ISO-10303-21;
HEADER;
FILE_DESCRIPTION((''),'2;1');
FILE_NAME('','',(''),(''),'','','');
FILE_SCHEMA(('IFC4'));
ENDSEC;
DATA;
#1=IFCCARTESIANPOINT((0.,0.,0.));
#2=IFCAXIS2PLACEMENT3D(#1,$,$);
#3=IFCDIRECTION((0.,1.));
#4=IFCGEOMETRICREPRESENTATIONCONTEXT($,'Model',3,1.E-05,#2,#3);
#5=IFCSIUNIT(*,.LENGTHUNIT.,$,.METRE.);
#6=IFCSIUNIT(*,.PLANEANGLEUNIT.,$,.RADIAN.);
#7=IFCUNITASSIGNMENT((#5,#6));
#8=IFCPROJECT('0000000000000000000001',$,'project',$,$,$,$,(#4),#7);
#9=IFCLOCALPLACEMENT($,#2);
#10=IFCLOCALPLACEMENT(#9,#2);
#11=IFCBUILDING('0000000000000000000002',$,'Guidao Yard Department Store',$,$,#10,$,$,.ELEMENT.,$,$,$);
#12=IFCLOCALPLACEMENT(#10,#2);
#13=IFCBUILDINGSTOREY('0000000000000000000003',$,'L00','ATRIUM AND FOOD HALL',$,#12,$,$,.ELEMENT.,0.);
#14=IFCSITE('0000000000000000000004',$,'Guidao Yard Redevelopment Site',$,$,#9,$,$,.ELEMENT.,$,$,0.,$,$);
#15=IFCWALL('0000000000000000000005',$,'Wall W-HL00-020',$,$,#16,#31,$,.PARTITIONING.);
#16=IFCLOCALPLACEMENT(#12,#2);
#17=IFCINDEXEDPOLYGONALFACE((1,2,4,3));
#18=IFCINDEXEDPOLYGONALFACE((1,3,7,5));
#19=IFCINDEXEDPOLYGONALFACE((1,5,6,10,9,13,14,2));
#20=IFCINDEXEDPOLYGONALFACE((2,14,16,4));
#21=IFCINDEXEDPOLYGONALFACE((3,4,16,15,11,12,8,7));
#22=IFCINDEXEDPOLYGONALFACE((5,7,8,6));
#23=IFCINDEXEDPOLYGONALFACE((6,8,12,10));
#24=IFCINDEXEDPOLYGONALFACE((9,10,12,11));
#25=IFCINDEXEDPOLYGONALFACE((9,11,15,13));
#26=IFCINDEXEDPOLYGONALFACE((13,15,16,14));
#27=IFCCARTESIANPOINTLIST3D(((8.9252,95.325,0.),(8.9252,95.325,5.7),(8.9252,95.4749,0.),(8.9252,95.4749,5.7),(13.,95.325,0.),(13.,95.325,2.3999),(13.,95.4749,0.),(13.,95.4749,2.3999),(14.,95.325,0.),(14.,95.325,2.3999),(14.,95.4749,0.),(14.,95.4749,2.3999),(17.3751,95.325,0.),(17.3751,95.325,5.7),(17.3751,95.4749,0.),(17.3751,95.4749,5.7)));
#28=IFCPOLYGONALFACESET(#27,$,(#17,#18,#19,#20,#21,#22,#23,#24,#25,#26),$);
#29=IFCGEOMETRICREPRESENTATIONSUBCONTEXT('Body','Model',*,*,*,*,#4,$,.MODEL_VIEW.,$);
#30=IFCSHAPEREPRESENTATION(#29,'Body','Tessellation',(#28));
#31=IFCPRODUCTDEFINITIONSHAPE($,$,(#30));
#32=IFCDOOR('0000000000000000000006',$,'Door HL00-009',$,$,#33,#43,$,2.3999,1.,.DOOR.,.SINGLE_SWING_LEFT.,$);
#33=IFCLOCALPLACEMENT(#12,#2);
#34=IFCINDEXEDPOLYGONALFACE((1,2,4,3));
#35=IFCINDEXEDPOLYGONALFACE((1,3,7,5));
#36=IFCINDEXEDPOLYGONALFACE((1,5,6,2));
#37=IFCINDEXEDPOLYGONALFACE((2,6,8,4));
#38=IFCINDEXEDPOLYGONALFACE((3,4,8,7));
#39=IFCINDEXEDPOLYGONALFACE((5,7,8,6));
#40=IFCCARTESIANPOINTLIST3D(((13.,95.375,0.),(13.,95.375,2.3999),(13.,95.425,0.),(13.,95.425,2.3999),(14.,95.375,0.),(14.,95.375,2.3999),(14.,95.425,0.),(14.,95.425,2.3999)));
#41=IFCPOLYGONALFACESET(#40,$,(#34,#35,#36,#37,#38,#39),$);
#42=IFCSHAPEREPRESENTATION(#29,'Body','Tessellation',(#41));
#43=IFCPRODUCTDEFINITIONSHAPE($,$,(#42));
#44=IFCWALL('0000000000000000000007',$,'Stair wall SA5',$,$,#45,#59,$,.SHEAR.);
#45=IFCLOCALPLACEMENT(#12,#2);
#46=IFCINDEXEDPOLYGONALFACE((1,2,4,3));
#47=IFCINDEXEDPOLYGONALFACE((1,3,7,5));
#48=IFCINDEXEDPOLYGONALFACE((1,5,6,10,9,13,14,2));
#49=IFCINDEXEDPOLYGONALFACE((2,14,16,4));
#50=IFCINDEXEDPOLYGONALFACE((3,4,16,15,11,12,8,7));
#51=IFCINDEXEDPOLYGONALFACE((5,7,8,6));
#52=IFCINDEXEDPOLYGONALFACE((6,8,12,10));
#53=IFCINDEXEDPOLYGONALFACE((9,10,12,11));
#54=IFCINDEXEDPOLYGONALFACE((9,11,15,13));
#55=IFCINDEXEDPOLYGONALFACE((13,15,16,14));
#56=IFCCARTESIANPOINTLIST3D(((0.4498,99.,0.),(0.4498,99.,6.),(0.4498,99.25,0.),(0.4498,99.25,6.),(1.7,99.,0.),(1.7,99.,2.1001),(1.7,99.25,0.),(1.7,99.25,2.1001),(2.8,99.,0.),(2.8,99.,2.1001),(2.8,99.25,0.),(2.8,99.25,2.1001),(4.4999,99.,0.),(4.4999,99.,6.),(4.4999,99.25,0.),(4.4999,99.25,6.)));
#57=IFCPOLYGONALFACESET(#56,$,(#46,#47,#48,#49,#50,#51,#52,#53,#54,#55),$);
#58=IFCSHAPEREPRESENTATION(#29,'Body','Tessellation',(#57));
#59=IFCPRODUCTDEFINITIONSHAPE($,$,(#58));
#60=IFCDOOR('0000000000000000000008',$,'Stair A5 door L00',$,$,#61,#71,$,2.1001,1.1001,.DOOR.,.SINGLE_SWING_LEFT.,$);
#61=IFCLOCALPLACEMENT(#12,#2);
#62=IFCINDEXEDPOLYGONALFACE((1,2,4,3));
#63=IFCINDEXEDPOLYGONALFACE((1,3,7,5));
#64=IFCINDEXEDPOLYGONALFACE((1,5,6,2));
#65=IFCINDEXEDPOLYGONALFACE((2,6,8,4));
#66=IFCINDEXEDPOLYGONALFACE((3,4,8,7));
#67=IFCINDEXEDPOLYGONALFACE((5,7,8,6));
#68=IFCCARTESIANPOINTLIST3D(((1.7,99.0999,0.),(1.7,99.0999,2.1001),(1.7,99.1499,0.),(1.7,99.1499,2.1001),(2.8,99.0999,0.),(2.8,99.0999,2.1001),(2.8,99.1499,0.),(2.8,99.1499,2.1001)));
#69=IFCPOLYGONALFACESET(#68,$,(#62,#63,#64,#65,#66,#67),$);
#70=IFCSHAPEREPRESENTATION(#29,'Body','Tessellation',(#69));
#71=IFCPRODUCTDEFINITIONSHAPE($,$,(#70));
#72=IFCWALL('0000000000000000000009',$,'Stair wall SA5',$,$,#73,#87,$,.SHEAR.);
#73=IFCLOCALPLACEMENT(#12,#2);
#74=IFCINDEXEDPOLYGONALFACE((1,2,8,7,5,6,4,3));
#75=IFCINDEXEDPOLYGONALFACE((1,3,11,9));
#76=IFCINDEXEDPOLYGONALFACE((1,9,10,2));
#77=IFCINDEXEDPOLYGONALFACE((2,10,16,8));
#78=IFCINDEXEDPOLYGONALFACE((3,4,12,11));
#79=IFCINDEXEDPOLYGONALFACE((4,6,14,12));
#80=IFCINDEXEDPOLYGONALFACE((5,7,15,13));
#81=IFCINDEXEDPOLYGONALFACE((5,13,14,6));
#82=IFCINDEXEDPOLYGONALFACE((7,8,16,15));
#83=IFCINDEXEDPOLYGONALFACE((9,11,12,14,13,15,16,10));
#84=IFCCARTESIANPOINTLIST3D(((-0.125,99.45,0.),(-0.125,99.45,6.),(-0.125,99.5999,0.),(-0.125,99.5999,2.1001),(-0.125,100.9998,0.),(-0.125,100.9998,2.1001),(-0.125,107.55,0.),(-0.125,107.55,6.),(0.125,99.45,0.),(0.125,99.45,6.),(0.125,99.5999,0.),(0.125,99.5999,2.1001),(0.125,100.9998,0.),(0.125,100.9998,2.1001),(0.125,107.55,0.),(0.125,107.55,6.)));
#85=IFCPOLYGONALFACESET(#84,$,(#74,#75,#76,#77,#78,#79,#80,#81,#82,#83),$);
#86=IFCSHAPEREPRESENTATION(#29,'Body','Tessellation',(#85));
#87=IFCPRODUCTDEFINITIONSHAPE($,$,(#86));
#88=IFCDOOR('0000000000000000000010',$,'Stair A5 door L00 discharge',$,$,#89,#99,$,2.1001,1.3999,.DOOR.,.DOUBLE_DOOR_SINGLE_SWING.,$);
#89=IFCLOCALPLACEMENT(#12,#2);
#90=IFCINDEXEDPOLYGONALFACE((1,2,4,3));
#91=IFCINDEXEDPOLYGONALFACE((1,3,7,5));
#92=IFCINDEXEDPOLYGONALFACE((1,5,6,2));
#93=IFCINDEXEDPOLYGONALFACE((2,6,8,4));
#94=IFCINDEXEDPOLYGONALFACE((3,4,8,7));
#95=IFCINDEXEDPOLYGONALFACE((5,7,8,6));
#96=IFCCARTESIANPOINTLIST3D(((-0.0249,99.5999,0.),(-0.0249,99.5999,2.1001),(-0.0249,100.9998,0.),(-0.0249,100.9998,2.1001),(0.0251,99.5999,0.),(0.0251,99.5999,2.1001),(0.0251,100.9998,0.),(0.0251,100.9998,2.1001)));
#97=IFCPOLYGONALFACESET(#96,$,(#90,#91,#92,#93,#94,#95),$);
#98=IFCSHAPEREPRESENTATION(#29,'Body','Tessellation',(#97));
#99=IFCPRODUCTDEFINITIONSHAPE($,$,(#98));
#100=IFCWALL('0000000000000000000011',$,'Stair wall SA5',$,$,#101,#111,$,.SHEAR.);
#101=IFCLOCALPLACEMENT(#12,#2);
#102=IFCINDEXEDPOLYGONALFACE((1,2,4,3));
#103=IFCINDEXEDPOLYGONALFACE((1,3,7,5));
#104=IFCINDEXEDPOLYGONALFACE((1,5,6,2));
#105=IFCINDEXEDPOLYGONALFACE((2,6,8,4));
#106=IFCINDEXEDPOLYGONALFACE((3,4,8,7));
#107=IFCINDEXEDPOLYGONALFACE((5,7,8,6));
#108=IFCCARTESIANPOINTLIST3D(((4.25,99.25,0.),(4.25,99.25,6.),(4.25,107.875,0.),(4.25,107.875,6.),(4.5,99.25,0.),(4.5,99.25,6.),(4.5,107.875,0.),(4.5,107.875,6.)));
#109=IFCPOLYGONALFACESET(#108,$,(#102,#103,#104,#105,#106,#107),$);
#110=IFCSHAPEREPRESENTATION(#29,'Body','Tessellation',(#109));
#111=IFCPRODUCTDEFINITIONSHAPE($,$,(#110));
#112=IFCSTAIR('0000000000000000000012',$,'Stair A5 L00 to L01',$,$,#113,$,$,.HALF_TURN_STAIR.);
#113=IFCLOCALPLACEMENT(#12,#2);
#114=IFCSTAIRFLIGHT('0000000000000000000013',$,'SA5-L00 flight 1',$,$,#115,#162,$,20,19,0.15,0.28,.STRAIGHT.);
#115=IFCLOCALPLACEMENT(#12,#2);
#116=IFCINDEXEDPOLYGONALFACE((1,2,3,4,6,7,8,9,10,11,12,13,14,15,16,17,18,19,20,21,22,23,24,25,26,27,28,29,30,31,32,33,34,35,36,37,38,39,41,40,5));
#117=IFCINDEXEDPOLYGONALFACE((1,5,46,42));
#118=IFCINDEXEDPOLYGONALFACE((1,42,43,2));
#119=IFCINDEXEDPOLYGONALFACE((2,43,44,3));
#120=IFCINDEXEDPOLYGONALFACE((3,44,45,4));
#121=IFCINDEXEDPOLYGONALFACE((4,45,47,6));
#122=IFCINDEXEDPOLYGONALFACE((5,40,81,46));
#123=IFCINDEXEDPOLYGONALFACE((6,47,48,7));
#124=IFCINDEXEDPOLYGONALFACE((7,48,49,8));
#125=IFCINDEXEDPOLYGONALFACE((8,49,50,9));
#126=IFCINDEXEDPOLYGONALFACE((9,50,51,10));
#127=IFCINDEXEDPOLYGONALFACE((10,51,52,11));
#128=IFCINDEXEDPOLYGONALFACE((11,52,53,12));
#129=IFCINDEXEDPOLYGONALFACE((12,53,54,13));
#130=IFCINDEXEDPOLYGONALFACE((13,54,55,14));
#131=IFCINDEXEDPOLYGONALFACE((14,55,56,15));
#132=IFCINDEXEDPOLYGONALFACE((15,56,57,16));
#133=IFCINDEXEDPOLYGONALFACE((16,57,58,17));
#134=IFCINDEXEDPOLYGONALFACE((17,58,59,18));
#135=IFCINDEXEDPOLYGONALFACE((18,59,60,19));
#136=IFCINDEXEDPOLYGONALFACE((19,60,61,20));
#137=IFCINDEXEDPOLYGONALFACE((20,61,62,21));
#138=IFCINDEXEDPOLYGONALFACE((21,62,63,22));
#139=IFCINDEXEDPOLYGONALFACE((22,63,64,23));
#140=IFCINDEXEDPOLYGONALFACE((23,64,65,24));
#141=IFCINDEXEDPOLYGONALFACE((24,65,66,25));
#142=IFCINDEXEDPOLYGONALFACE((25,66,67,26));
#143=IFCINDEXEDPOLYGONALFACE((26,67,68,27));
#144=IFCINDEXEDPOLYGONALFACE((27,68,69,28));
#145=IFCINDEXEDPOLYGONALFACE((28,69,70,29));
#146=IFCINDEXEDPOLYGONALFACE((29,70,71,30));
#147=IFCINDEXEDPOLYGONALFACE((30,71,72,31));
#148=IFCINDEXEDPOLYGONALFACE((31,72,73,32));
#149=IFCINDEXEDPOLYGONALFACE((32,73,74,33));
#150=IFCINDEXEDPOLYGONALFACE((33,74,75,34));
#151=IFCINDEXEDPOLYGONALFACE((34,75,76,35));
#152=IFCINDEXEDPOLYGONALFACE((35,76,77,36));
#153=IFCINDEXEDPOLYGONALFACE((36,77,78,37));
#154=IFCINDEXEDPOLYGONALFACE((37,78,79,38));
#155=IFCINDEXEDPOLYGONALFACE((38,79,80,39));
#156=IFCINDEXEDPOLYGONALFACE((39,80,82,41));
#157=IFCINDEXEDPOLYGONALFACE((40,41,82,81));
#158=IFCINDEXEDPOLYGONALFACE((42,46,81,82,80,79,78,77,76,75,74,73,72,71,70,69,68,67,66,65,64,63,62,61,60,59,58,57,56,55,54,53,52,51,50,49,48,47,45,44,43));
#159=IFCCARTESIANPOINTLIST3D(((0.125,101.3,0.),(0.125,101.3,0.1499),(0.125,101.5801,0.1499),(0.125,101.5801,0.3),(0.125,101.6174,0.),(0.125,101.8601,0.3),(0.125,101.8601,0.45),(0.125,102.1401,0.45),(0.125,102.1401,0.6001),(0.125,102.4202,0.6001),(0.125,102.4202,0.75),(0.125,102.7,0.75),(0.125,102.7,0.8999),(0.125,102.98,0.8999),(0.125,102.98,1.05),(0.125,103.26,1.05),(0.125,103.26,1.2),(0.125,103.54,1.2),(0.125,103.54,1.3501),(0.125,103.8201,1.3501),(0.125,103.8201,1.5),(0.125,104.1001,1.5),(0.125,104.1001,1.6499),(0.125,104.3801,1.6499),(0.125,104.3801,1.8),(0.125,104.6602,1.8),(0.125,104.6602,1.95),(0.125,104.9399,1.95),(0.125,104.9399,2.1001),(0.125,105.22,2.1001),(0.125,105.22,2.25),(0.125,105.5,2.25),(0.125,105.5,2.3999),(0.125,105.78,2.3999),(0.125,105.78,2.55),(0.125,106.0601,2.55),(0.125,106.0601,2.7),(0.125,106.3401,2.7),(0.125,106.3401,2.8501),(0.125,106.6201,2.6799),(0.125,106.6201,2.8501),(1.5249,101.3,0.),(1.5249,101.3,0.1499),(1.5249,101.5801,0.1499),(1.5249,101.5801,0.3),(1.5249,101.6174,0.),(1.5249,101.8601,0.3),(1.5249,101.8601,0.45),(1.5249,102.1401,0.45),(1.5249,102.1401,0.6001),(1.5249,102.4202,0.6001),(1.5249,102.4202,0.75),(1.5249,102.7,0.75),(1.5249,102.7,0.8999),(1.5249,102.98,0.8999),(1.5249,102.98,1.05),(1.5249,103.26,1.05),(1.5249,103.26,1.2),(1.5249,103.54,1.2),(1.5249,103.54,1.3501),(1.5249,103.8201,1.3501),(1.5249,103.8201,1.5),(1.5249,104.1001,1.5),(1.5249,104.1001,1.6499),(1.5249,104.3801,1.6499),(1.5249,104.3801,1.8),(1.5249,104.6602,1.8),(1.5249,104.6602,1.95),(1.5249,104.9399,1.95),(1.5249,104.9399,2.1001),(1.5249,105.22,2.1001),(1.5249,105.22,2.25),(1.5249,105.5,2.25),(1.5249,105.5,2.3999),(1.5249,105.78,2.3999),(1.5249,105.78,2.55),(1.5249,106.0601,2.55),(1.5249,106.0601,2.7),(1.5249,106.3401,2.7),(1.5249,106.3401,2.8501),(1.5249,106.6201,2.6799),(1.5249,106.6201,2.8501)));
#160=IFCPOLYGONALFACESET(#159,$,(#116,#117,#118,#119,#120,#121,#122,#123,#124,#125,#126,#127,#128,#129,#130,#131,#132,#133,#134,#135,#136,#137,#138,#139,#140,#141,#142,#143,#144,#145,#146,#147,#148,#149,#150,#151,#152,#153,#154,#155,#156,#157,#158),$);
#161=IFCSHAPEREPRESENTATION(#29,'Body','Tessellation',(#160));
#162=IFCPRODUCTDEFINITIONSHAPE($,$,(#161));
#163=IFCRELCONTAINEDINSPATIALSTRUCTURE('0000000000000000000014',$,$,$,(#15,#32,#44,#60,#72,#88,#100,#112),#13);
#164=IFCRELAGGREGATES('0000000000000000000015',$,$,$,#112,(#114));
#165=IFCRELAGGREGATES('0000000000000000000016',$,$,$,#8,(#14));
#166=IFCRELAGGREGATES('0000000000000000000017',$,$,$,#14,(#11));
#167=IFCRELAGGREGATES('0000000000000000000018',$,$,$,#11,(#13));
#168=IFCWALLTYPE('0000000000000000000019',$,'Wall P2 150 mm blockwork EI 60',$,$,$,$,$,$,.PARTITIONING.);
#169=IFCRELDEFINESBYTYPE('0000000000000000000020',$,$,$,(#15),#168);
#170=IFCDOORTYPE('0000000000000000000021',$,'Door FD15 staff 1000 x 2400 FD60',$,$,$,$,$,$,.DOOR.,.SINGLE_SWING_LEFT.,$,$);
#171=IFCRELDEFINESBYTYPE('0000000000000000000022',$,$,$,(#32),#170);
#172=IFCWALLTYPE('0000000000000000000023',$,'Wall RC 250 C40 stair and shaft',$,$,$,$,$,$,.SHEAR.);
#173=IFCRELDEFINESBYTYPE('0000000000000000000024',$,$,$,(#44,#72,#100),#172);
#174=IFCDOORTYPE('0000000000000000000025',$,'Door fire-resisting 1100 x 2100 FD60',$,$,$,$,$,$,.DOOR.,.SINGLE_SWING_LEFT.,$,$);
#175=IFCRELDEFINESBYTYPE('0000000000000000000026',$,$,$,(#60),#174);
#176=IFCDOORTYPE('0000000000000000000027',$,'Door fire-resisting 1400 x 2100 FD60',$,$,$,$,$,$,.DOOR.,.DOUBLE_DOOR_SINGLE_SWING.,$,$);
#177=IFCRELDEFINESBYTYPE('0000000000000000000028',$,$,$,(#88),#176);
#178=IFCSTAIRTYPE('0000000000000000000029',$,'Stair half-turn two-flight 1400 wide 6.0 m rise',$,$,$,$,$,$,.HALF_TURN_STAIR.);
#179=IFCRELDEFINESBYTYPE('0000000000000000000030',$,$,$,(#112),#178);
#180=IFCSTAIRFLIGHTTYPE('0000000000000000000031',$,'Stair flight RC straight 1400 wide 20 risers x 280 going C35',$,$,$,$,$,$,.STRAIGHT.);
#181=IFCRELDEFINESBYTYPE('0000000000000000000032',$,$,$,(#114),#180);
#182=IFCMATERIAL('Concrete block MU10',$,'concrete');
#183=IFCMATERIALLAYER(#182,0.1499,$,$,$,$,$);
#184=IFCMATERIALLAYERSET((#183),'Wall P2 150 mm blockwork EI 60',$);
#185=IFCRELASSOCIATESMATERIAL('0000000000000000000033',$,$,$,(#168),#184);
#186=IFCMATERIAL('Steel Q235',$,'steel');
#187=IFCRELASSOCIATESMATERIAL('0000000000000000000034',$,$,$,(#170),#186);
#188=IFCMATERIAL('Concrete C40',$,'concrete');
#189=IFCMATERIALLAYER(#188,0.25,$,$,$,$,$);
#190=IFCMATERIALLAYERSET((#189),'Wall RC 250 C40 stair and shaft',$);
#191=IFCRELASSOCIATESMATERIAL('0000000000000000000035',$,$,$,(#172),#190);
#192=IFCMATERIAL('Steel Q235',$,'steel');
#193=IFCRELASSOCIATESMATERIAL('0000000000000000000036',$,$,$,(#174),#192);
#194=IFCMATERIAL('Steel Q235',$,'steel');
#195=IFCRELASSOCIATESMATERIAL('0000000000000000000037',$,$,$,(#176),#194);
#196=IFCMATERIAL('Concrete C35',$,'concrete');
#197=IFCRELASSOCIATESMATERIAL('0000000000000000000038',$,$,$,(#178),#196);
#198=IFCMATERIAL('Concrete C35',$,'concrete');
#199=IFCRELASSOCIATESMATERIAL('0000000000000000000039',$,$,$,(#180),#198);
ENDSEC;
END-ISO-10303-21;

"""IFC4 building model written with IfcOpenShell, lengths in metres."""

from ifc_helpers import new_model, si_unit, direction, frame, frame_2d, origin, place, context, subcontext, project, spatial, polyline, rectangle, outline, extrude, material, layer, layer_set, type_object, element, fill, aggregate, save


model = new_model("IFC4")

# Units and contexts
model_context = context("Model", 3, precision=1e-05, world=origin(), true_north=direction((0.0, 1.0)))
body_context = subcontext(model_context, "Body", "Model", "MODEL_VIEW")
ifc_project = project(units=[si_unit("LENGTHUNIT", "METRE"), si_unit("PLANEANGLEUNIT", "RADIAN")], contexts=[model_context])

# Site, building, storey
site_placement = place(None, origin())
site = spatial("IfcSite", under=ifc_project, at=site_placement, Name="Guidao Yard Redevelopment Site", CompositionType="ELEMENT", RefElevation=0.0)
building_placement = place(site_placement, origin())
building = spatial("IfcBuilding", under=site, at=building_placement, Name="Guidao Yard Department Store", CompositionType="ELEMENT")
storey_placement = place(building_placement, origin())
storey = spatial("IfcBuildingStorey", under=building, at=storey_placement, Name="L00", Description="ATRIUM AND FOOD HALL", CompositionType="ELEMENT", Elevation=0.0)

# Walls, openings, doors
ifc_material_1 = material(Name="Concrete block MU10", Category="concrete")
ifc_layer_1 = layer(ifc_material_1, 0.1499)
ifc_layer_set_1 = layer_set([ifc_layer_1], Name="Wall P2 150 mm blockwork EI 60")
wall_type_1 = type_object("IfcWallType", Name="Wall P2 150 mm blockwork EI 60", PredefinedType="PARTITIONING", material=ifc_layer_set_1)
wall_1_placement = place(storey_placement, frame((8.925, 95.3999, 0.0), z_axis=(0.0, 0.0, 1.0), x_axis=(1.0, 0.0, 0.0)))
wall_1 = element("IfcWall", 1, at=wall_1_placement, inside=storey, type_object=wall_type_1, Name="Wall W-HL00-020", PredefinedType="PARTITIONING", context=body_context, shape_type="SweptSolid", body=[
    extrude(rectangle(XDim=8.45, YDim=0.1499, at=frame_2d((4.2251, 0.0))), origin(), (0.0, 0.0, 1.0), 5.7),
])
opening_1_placement = place(wall_1_placement, frame((5.075, 0.0, 0.0), z_axis=(0.0, 0.0, 1.0), x_axis=(-1.0, 0.0, 0.0)))
opening_1 = element("IfcOpeningElement", 2, at=opening_1_placement, cuts=wall_1, PredefinedType="OPENING", context=body_context, shape_type="SweptSolid", body=[
    extrude(rectangle(XDim=1.0, YDim=2.3999, at=frame_2d((0.5, 1.2))), frame((0.0, 0.085, 0.0), z_axis=(0.0, -1.0, 0.0), x_axis=(1.0, 0.0, 0.0)), (0.0, 0.0, 1.0), 0.1699),
])
ifc_material_2 = material(Name="Steel Q235", Category="steel")
door_type_1 = type_object("IfcDoorType", Name="Door FD15 staff 1000 x 2400 FD60", OperationType="SINGLE_SWING_LEFT", PredefinedType="DOOR", material=ifc_material_2)
door_1_placement = place(opening_1_placement, origin())
door_1 = element("IfcDoor", 3, at=door_1_placement, inside=storey, type_object=door_type_1, Name="Door HL00-009", OperationType="SINGLE_SWING_LEFT", OverallHeight=2.3999, OverallWidth=1.0, PredefinedType="DOOR", context=body_context, shape_type="SweptSolid", body=[
    extrude(rectangle(XDim=1.0, YDim=2.3999, at=frame_2d((0.5, 1.2))), frame((0.0, 0.0249, 0.0), z_axis=(0.0, -1.0, 0.0), x_axis=(1.0, 0.0, 0.0)), (0.0, 0.0, 1.0), 0.05),
])
fill(opening_1, door_1)
ifc_material_3 = material(Name="Concrete C40", Category="concrete")
ifc_layer_2 = layer(ifc_material_3, 0.25)
ifc_layer_set_2 = layer_set([ifc_layer_2], Name="Wall RC 250 C40 stair and shaft")
wall_type_2 = type_object("IfcWallType", Name="Wall RC 250 C40 stair and shaft", PredefinedType="SHEAR", material=ifc_layer_set_2)
wall_2_placement = place(storey_placement, frame((0.45, 99.125, 0.0), z_axis=(0.0, 0.0, 1.0), x_axis=(1.0, 0.0, 0.0)))
wall_2 = element("IfcWall", 4, at=wall_2_placement, inside=storey, type_object=wall_type_2, Name="Stair wall SA5", PredefinedType="SHEAR", context=body_context, shape_type="SweptSolid", body=[
    extrude(rectangle(XDim=4.05, YDim=0.25, at=frame_2d((2.0249, 0.0))), origin(), (0.0, 0.0, 1.0), 6.0),
])
opening_2_placement = place(wall_2_placement, frame((1.25, 0.0, 0.0)))
opening_2 = element("IfcOpeningElement", 5, at=opening_2_placement, cuts=wall_2, PredefinedType="OPENING", context=body_context, shape_type="SweptSolid", body=[
    extrude(rectangle(XDim=1.1001, YDim=2.1001, at=frame_2d((0.55, 1.05))), frame((0.0, 0.135, 0.0), z_axis=(0.0, -1.0, 0.0), x_axis=(1.0, 0.0, 0.0)), (0.0, 0.0, 1.0), 0.27),
])
ifc_material_4 = material(Name="Steel Q235", Category="steel")
door_type_2 = type_object("IfcDoorType", Name="Door fire-resisting 1100 x 2100 FD60", OperationType="SINGLE_SWING_LEFT", PredefinedType="DOOR", material=ifc_material_4)
door_2_placement = place(opening_2_placement, origin())
door_2 = element("IfcDoor", 6, at=door_2_placement, inside=storey, type_object=door_type_2, Name="Stair A5 door L00", OperationType="SINGLE_SWING_LEFT", OverallHeight=2.1001, OverallWidth=1.1001, PredefinedType="DOOR", context=body_context, shape_type="SweptSolid", body=[
    extrude(rectangle(XDim=1.1001, YDim=2.1001, at=frame_2d((0.55, 1.05))), frame((0.0, 0.0249, 0.0), z_axis=(0.0, -1.0, 0.0), x_axis=(1.0, 0.0, 0.0)), (0.0, 0.0, 1.0), 0.05),
])
fill(opening_2, door_2)
wall_3_placement = place(storey_placement, frame((0.0, 99.45, 0.0), z_axis=(0.0, 0.0, 1.0), x_axis=(0.0, 1.0, 0.0)))
wall_3 = element("IfcWall", 7, at=wall_3_placement, inside=storey, type_object=wall_type_2, Name="Stair wall SA5", PredefinedType="SHEAR", context=body_context, shape_type="SweptSolid", body=[
    extrude(rectangle(XDim=8.1001, YDim=0.25, at=frame_2d((4.05, 0.0))), origin(), (0.0, 0.0, 1.0), 6.0),
])
opening_3_placement = place(wall_3_placement, frame((0.1499, 0.0, 0.0)))
opening_3 = element("IfcOpeningElement", 8, at=opening_3_placement, cuts=wall_3, PredefinedType="OPENING", context=body_context, shape_type="SweptSolid", body=[
    extrude(rectangle(XDim=1.3999, YDim=2.1001, at=frame_2d((0.7, 1.05))), frame((0.0, 0.135, 0.0), z_axis=(0.0, -1.0, 0.0), x_axis=(1.0, 0.0, 0.0)), (0.0, 0.0, 1.0), 0.27),
])
ifc_material_5 = material(Name="Steel Q235", Category="steel")
door_type_3 = type_object("IfcDoorType", Name="Door fire-resisting 1400 x 2100 FD60", OperationType="DOUBLE_DOOR_SINGLE_SWING", PredefinedType="DOOR", material=ifc_material_5)
door_3_placement = place(opening_3_placement, origin())
door_3 = element("IfcDoor", 9, at=door_3_placement, inside=storey, type_object=door_type_3, Name="Stair A5 door L00 discharge", OperationType="DOUBLE_DOOR_SINGLE_SWING", OverallHeight=2.1001, OverallWidth=1.3999, PredefinedType="DOOR", context=body_context, shape_type="SweptSolid", body=[
    extrude(rectangle(XDim=1.3999, YDim=2.1001, at=frame_2d((0.7, 1.05))), frame((0.0, 0.0249, 0.0), z_axis=(0.0, -1.0, 0.0), x_axis=(1.0, 0.0, 0.0)), (0.0, 0.0, 1.0), 0.05),
])
fill(opening_3, door_3)

# Wall
wall_4_placement = place(storey_placement, frame((4.375, 99.25, 0.0), z_axis=(0.0, 0.0, 1.0), x_axis=(0.0, 1.0, 0.0)))
element("IfcWall", 10, at=wall_4_placement, inside=storey, type_object=wall_type_2, Name="Stair wall SA5", PredefinedType="SHEAR", context=body_context, shape_type="SweptSolid", body=[
    extrude(rectangle(XDim=8.625, YDim=0.25, at=frame_2d((4.3125, 0.0))), origin(), (0.0, 0.0, 1.0), 6.0),
])

# Stair, stair flight
ifc_material_6 = material(Name="Concrete C35", Category="concrete")
stair_type = type_object("IfcStairType", Name="Stair half-turn two-flight 1400 wide 6.0 m rise", PredefinedType="HALF_TURN_STAIR", material=ifc_material_6)
stair_placement = place(storey_placement, origin())
stair = element("IfcStair", 11, at=stair_placement, inside=storey, type_object=stair_type, Name="Stair A5 L00 to L01", PredefinedType="HALF_TURN_STAIR")
ifc_material_7 = material(Name="Concrete C35", Category="concrete")
stair_flight_type = type_object("IfcStairFlightType", Name="Stair flight RC straight 1400 wide 20 risers x 280 going C35", PredefinedType="STRAIGHT", material=ifc_material_7)
stair_flight_placement = place(storey_placement, frame((0.825, 101.3, 0.0), z_axis=(0.0, 0.0, 1.0), x_axis=(0.0, 1.0, 0.0)))
stair_flight = element("IfcStairFlight", 12, at=stair_flight_placement, type_object=stair_flight_type, Name="SA5-L00 flight 1", NumberOfRisers=20, NumberOfTreads=19, PredefinedType="STRAIGHT", RiserHeight=0.15, TreadLength=0.28, context=body_context, shape_type="SweptSolid", body=[
    extrude(outline(polyline([(0.0, 0.0), (0.0, 0.1499), (0.28, 0.1499), (0.28, 0.3), (0.5601, 0.3), (0.5601, 0.45), (0.8401, 0.45), (0.8401, 0.6001), (1.1201, 0.6001), (1.1201, 0.75), (1.3999, 0.75), (1.3999, 0.8999), (1.6799, 0.8999), (1.6799, 1.05), (1.96, 1.05), (1.96, 1.2), (2.24, 1.2), (2.24, 1.3501), (2.52, 1.3501), (2.52, 1.5), (2.8, 1.5), (2.8, 1.6499), (3.0801, 1.6499), (3.0801, 1.8), (3.3601, 1.8), (3.3601, 1.95), (3.6399, 1.95), (3.6399, 2.1001), (3.9199, 2.1001), (3.9199, 2.25), (4.2, 2.25), (4.2, 2.3999), (4.48, 2.3999), (4.48, 2.55), (4.76, 2.55), (4.76, 2.7), (5.04, 2.7), (5.04, 2.8501), (5.3201, 2.8501), (5.3201, 3.0), (5.3201, 2.6799), (0.3174, 0.0), (0.0, 0.0)])), frame((0.0, 0.7, 0.0), z_axis=(0.0, -1.0, 0.0), x_axis=(1.0, 0.0, 0.0)), (0.0, 0.0, 1.0), 1.3999),
])
aggregate(stair, [stair_flight])

save(model, "model.ifc")
